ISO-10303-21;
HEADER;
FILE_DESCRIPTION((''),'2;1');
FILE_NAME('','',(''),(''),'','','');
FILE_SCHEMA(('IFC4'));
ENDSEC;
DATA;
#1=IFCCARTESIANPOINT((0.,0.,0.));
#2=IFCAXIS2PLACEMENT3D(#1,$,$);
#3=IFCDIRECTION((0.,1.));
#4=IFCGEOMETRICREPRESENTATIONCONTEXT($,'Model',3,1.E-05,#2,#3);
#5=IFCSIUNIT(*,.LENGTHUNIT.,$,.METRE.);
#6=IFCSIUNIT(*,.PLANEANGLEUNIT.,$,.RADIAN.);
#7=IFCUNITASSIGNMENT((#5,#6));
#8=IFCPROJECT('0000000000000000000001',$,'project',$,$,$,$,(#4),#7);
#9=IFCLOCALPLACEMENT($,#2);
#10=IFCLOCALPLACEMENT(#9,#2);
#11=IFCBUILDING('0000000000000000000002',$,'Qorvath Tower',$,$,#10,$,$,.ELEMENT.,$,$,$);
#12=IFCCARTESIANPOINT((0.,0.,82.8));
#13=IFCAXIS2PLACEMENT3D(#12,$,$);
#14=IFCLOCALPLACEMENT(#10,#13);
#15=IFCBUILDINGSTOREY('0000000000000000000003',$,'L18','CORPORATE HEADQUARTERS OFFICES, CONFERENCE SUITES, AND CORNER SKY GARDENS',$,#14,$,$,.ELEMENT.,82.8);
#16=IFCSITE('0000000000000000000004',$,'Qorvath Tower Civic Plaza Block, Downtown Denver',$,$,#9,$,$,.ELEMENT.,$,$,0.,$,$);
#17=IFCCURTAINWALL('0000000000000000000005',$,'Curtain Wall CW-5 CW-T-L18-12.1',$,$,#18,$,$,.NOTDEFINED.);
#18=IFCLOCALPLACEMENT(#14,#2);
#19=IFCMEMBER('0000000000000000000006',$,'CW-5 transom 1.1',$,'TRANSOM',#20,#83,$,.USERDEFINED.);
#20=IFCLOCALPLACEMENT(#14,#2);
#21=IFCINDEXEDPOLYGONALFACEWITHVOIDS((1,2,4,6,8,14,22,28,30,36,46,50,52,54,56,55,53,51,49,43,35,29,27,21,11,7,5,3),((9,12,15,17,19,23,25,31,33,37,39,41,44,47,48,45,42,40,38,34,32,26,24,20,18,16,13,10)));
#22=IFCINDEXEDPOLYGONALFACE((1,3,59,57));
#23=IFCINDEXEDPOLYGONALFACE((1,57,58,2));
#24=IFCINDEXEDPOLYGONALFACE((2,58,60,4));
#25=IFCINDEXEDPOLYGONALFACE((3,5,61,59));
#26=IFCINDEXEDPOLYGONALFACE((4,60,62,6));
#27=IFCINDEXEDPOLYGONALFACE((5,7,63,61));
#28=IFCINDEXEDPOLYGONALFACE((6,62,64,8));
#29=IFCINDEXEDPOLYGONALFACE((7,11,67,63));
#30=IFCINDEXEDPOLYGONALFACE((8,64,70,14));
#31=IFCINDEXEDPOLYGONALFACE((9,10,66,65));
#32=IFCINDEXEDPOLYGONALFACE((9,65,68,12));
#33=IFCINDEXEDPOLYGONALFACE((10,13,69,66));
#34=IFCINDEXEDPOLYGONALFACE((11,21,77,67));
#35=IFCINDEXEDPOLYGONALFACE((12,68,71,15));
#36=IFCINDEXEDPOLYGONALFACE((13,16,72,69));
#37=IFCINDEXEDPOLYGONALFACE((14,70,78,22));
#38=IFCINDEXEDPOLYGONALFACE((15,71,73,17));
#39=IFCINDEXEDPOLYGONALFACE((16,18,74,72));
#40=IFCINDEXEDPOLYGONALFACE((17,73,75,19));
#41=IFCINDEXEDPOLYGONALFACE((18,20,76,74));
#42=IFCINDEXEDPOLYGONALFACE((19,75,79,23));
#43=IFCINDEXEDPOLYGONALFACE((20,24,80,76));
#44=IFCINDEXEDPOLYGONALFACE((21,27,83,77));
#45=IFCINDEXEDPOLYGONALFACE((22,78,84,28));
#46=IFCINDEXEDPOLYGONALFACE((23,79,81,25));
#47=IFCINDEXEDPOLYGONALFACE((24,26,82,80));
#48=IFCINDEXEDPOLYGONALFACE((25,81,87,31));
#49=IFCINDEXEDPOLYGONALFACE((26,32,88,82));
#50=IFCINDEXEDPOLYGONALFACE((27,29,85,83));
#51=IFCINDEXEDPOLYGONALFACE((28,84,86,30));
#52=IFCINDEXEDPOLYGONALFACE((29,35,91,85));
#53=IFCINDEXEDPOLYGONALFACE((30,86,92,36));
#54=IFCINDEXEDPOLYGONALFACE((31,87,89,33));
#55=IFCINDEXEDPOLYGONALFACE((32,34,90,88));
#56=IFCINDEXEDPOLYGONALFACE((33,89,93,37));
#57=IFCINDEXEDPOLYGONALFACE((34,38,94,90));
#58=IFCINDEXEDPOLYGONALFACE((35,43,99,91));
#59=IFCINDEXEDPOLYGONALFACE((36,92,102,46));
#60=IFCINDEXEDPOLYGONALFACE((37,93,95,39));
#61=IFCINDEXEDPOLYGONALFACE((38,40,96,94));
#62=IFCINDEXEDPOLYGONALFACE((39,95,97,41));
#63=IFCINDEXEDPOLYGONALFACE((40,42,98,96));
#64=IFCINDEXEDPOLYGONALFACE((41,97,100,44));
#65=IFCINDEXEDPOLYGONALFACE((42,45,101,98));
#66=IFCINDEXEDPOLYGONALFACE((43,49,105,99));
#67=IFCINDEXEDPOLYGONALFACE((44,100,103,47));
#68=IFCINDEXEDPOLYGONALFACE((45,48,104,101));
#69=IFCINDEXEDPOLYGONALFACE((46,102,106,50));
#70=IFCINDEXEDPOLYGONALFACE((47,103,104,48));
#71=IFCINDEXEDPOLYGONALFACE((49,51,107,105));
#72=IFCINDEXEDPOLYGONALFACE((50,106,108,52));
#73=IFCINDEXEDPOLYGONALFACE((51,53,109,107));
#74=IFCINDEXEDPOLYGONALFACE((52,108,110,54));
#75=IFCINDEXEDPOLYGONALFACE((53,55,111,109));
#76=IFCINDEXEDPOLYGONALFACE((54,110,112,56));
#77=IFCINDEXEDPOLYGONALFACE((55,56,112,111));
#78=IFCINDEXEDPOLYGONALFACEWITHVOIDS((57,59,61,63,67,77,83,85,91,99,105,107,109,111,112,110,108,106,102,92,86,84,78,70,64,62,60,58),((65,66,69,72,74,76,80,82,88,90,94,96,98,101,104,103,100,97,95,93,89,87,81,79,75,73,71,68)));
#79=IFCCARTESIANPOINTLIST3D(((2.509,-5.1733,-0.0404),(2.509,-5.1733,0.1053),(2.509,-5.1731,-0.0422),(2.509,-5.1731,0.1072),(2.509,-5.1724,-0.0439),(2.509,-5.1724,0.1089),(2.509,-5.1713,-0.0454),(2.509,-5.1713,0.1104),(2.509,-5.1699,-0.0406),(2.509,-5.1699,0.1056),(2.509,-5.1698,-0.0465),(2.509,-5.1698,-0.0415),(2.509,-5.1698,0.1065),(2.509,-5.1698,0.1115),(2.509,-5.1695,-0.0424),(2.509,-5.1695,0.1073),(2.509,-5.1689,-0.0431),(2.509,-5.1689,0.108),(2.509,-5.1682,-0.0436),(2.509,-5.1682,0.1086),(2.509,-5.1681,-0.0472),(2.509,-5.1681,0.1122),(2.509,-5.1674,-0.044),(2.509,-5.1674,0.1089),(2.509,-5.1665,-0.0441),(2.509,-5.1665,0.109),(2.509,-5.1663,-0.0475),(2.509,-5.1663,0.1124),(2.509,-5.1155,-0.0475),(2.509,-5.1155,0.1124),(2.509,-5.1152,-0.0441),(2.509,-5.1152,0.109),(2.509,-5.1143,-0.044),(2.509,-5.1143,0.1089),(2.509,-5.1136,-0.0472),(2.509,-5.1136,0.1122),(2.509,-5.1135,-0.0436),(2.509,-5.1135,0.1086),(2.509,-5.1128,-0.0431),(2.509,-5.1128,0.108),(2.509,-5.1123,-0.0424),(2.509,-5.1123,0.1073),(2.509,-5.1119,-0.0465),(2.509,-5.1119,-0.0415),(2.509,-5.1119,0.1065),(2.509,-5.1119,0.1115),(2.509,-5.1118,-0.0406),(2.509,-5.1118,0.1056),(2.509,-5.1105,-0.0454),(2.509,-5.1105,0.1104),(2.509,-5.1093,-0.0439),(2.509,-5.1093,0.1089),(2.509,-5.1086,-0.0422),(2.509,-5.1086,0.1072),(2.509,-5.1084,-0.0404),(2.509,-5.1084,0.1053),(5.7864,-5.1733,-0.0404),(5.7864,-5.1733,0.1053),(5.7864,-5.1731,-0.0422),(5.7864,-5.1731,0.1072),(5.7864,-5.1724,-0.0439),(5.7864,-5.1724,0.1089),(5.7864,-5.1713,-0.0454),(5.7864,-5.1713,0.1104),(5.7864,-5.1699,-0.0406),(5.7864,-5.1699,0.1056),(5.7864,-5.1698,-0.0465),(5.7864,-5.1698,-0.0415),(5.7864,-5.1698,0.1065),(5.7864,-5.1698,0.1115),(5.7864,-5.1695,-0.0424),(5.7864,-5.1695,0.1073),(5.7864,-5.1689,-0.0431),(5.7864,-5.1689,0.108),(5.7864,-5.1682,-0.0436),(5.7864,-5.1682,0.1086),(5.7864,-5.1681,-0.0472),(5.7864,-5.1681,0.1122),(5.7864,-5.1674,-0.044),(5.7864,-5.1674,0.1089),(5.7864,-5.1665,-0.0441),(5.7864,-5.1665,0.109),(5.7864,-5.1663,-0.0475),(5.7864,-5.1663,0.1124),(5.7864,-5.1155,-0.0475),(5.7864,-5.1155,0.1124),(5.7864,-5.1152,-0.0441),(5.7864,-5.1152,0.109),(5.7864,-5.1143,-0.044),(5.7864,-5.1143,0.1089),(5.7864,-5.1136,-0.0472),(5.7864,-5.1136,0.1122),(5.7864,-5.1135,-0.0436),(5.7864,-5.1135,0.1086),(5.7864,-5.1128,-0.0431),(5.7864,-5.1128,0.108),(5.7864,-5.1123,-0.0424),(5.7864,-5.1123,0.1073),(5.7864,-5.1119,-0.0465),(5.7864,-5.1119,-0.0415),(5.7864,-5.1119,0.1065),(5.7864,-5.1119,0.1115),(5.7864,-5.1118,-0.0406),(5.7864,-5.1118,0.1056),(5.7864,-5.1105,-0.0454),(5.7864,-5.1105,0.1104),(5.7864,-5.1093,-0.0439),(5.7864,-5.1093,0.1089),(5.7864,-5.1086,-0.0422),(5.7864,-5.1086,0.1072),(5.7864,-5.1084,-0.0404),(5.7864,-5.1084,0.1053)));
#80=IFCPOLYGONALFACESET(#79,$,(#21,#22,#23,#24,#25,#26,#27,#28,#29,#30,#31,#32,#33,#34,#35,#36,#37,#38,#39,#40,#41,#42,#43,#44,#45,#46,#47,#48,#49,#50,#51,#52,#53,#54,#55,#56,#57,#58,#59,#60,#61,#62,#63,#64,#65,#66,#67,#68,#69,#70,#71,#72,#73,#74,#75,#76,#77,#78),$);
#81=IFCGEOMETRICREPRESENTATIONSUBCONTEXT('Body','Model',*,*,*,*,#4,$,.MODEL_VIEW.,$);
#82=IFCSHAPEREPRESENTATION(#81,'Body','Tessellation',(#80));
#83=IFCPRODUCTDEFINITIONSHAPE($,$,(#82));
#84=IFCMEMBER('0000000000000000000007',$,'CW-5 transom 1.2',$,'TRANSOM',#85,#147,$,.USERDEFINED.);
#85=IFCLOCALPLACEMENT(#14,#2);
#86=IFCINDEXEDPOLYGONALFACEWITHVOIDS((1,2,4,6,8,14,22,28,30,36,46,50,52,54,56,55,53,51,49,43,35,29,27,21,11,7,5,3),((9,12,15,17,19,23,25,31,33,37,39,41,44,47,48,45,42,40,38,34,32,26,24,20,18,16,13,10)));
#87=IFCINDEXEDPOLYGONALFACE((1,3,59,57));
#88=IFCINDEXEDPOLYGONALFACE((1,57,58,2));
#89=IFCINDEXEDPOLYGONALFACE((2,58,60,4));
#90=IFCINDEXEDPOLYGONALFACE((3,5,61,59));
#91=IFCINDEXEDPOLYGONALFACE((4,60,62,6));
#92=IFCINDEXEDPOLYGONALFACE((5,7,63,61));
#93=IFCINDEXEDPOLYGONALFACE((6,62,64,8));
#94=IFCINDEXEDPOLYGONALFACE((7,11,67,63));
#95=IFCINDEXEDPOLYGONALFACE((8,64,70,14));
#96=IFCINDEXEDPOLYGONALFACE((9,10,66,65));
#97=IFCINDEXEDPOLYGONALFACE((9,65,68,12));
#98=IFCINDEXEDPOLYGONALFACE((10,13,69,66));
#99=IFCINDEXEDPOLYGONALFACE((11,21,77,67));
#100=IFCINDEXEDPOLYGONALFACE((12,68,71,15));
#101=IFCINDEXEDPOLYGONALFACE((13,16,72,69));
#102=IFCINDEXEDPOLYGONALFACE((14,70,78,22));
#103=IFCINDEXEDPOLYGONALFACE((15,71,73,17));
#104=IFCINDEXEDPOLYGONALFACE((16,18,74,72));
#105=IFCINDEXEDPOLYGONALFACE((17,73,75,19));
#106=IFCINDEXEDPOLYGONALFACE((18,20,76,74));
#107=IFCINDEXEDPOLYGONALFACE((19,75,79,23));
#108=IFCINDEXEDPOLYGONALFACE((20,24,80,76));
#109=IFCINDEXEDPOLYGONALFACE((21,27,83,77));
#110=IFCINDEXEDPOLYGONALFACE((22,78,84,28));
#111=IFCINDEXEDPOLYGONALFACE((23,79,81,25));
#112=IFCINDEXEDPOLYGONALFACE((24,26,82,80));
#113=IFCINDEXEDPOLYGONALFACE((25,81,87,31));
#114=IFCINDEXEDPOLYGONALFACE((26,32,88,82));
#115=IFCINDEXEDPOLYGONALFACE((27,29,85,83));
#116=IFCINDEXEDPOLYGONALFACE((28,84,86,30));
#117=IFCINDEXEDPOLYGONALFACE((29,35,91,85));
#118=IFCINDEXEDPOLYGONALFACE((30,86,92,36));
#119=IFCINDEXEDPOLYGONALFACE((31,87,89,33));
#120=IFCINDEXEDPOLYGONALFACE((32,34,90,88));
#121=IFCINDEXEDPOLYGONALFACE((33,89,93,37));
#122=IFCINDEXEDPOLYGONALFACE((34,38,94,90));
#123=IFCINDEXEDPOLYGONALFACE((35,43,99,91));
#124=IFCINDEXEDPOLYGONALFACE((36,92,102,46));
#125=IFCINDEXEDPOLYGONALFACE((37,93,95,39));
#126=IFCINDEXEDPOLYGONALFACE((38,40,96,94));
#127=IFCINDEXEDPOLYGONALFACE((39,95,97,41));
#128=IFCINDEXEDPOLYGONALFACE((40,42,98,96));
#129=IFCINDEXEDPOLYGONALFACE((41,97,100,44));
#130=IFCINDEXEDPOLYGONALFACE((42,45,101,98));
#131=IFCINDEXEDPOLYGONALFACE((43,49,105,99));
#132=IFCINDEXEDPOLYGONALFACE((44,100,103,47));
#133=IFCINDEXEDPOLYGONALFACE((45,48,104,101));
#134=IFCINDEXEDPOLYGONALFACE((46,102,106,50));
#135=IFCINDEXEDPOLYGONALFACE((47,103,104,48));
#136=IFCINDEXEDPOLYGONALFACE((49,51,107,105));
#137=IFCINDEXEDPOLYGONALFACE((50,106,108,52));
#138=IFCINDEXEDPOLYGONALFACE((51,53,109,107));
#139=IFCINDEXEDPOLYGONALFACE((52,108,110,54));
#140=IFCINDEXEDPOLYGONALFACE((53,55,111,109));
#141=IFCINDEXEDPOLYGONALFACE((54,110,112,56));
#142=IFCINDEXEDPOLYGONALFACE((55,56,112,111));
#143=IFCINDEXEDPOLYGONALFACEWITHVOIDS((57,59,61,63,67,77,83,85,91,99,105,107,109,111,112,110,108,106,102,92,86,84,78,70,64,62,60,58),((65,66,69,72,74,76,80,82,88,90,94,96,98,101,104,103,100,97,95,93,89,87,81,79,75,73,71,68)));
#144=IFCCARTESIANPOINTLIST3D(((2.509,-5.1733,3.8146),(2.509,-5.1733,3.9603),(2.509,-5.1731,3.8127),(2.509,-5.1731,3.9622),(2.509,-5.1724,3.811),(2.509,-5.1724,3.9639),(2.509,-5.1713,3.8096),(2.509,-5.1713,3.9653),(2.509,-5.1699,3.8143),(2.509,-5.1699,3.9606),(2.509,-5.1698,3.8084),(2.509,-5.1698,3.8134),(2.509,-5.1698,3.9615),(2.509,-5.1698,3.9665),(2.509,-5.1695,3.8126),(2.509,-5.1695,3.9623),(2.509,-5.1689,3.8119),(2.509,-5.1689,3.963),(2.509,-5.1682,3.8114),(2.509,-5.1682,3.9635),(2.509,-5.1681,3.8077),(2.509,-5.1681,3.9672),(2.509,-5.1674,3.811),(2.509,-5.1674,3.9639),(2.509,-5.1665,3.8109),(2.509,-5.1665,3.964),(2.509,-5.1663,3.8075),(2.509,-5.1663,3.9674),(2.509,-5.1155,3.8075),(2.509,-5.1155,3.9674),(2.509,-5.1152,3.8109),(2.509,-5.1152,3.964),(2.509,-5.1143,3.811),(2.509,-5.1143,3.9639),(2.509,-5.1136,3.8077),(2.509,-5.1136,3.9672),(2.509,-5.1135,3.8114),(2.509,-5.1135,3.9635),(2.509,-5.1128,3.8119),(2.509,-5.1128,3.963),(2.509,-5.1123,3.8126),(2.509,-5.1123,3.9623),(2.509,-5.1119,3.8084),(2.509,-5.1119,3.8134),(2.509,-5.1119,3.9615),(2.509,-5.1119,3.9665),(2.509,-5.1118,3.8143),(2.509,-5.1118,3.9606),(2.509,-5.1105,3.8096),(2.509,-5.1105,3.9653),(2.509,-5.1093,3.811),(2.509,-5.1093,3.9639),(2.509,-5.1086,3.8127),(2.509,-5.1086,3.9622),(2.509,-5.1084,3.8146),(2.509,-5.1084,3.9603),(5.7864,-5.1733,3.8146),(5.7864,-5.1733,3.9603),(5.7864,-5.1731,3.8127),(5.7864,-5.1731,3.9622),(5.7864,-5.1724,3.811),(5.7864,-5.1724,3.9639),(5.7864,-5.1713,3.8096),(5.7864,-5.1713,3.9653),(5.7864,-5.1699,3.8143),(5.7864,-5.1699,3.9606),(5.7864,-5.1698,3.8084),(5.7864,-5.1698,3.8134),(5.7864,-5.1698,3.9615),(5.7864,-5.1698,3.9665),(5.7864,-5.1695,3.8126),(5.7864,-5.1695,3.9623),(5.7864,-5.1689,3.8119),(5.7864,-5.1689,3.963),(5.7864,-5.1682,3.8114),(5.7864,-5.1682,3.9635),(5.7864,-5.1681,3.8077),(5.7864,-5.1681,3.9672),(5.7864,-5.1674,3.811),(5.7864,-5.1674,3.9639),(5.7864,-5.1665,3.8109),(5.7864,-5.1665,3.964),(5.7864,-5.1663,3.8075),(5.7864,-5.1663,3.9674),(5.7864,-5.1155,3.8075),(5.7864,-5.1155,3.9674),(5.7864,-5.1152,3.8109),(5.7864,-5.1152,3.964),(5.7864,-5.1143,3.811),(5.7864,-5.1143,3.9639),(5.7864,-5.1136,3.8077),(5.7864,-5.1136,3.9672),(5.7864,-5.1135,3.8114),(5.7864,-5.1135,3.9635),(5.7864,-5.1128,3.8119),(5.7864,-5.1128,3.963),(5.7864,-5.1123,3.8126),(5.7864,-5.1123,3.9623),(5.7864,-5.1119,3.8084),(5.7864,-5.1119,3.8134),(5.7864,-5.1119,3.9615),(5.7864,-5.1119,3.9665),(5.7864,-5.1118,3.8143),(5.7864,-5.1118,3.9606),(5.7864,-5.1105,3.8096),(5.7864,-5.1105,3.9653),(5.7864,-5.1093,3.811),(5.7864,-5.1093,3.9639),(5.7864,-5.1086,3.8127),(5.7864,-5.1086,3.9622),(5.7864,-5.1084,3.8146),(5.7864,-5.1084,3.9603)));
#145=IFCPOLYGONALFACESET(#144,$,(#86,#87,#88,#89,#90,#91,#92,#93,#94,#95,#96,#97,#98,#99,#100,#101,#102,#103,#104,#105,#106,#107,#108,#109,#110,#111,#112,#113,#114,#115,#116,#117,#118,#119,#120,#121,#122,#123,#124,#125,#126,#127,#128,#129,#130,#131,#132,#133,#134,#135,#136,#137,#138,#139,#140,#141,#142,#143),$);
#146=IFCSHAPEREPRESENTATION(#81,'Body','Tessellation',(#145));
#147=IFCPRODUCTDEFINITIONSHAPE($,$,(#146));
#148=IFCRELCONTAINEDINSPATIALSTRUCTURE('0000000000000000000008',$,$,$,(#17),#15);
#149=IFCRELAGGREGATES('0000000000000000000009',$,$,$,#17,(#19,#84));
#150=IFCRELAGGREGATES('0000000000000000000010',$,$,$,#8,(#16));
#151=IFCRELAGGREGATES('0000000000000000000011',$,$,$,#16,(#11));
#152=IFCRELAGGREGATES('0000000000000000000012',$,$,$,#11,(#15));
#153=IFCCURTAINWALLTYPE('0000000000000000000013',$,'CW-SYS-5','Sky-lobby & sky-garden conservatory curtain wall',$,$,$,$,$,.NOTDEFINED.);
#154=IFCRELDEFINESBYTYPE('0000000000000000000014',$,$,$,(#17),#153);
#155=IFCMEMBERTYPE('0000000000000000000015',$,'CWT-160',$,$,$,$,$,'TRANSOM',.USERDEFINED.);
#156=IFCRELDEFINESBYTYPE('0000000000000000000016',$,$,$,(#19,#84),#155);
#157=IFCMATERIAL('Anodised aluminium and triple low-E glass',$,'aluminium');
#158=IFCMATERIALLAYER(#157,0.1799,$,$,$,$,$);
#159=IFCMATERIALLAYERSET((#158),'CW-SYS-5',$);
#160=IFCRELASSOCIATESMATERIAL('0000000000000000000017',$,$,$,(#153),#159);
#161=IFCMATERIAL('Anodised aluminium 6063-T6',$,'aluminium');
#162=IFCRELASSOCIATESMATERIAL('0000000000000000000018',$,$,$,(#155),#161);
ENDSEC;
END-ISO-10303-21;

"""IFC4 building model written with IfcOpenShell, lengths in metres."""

from ifc_helpers import new_model, si_unit, direction, frame, origin, origin_2d, place, context, subcontext, project, spatial, hollow_rectangle, extrude, material, layer, layer_set, material_profile, profile_set, type_object, element, aggregate, save


model = new_model("IFC4")

# Units and contexts
model_context = context("Model", 3, precision=1e-05, world=origin(), true_north=direction((0.0, 1.0)))
body_context = subcontext(model_context, "Body", "Model", "MODEL_VIEW")
ifc_project = project(units=[si_unit("LENGTHUNIT", "METRE"), si_unit("PLANEANGLEUNIT", "RADIAN")], contexts=[model_context])

# Site, building, storey
site_placement = place(None, origin())
site = spatial("IfcSite", under=ifc_project, at=site_placement, Name="Qorvath Tower Civic Plaza Block, Downtown Denver", CompositionType="ELEMENT", RefElevation=0.0)
building_placement = place(site_placement, origin())
building = spatial("IfcBuilding", under=site, at=building_placement, Name="Qorvath Tower", CompositionType="ELEMENT")
storey_placement = place(building_placement, frame((0.0, 0.0, 82.8)))
storey = spatial("IfcBuildingStorey", under=building, at=storey_placement, Name="L18", Description="CORPORATE HEADQUARTERS OFFICES, CONFERENCE SUITES, AND CORNER SKY GARDENS", CompositionType="ELEMENT", Elevation=82.8)

# Shared definitions
ifc_material_1 = material(Name="Anodised aluminium and triple low-E glass", Category="aluminium")
ifc_layer_1 = layer(ifc_material_1, 0.1799)
ifc_layer_set_1 = layer_set([ifc_layer_1], Name="CW-SYS-5")
curtain_wall_type = type_object("IfcCurtainWallType", Name="CW-SYS-5", Description="Sky-lobby & sky-garden conservatory curtain wall", PredefinedType="NOTDEFINED", material=ifc_layer_set_1)

# Curtain wall
curtain_wall_1_placement = place(storey_placement, origin())
curtain_wall_1 = element("IfcCurtainWall", 1, at=curtain_wall_1_placement, inside=storey, type_object=curtain_wall_type, Name="Curtain Wall CW-5 CW-T-L18-12.1", PredefinedType="NOTDEFINED")

# Members
ifc_material_2 = material(Name="Anodised aluminium 6063-T6", Category="aluminium")
ifc_material_profile_1 = material_profile(ifc_material_2, hollow_rectangle(XDim=0.0649, YDim=0.1599, WallThickness=0.0034, InnerFilletRadius=0.0034, OuterFilletRadius=0.0071, at=origin_2d()), Name="CWT 160x65")
ifc_profile_set_1 = profile_set([ifc_material_profile_1], Name="Anodised aluminium 6063-T6")
member_type_1 = type_object("IfcMemberType", Name="CWT-160", ElementType="TRANSOM", PredefinedType="USERDEFINED", material=ifc_profile_set_1)
member_1_placement = place(storey_placement, frame((5.7864, -5.1409, 0.0325), z_axis=(-1.0, 0.0, 0.0), x_axis=(0.0, -1.0, 0.0)))
member_1 = element("IfcMember", 2, at=member_1_placement, type_object=member_type_1, Name="CW-5 transom 1.1", ObjectType="TRANSOM", PredefinedType="USERDEFINED", context=body_context, shape_type="SweptSolid", body=[
    extrude(hollow_rectangle(XDim=0.0649, YDim=0.1599, WallThickness=0.0034, InnerFilletRadius=0.0034, OuterFilletRadius=0.0071, at=origin_2d()), origin(), (0.0, 0.0, 1.0), 3.2773),
])
member_2_placement = place(storey_placement, frame((5.7864, -5.1409, 3.8875), z_axis=(-1.0, 0.0, 0.0), x_axis=(0.0, -1.0, 0.0)))
member_2 = element("IfcMember", 3, at=member_2_placement, type_object=member_type_1, Name="CW-5 transom 1.2", ObjectType="TRANSOM", PredefinedType="USERDEFINED", context=body_context, shape_type="SweptSolid", body=[
    extrude(hollow_rectangle(XDim=0.0649, YDim=0.1599, WallThickness=0.0034, InnerFilletRadius=0.0034, OuterFilletRadius=0.0071, at=origin_2d()), origin(), (0.0, 0.0, 1.0), 3.2773),
])

aggregate(curtain_wall_1, [member_1, member_2])

save(model, "model.ifc")
